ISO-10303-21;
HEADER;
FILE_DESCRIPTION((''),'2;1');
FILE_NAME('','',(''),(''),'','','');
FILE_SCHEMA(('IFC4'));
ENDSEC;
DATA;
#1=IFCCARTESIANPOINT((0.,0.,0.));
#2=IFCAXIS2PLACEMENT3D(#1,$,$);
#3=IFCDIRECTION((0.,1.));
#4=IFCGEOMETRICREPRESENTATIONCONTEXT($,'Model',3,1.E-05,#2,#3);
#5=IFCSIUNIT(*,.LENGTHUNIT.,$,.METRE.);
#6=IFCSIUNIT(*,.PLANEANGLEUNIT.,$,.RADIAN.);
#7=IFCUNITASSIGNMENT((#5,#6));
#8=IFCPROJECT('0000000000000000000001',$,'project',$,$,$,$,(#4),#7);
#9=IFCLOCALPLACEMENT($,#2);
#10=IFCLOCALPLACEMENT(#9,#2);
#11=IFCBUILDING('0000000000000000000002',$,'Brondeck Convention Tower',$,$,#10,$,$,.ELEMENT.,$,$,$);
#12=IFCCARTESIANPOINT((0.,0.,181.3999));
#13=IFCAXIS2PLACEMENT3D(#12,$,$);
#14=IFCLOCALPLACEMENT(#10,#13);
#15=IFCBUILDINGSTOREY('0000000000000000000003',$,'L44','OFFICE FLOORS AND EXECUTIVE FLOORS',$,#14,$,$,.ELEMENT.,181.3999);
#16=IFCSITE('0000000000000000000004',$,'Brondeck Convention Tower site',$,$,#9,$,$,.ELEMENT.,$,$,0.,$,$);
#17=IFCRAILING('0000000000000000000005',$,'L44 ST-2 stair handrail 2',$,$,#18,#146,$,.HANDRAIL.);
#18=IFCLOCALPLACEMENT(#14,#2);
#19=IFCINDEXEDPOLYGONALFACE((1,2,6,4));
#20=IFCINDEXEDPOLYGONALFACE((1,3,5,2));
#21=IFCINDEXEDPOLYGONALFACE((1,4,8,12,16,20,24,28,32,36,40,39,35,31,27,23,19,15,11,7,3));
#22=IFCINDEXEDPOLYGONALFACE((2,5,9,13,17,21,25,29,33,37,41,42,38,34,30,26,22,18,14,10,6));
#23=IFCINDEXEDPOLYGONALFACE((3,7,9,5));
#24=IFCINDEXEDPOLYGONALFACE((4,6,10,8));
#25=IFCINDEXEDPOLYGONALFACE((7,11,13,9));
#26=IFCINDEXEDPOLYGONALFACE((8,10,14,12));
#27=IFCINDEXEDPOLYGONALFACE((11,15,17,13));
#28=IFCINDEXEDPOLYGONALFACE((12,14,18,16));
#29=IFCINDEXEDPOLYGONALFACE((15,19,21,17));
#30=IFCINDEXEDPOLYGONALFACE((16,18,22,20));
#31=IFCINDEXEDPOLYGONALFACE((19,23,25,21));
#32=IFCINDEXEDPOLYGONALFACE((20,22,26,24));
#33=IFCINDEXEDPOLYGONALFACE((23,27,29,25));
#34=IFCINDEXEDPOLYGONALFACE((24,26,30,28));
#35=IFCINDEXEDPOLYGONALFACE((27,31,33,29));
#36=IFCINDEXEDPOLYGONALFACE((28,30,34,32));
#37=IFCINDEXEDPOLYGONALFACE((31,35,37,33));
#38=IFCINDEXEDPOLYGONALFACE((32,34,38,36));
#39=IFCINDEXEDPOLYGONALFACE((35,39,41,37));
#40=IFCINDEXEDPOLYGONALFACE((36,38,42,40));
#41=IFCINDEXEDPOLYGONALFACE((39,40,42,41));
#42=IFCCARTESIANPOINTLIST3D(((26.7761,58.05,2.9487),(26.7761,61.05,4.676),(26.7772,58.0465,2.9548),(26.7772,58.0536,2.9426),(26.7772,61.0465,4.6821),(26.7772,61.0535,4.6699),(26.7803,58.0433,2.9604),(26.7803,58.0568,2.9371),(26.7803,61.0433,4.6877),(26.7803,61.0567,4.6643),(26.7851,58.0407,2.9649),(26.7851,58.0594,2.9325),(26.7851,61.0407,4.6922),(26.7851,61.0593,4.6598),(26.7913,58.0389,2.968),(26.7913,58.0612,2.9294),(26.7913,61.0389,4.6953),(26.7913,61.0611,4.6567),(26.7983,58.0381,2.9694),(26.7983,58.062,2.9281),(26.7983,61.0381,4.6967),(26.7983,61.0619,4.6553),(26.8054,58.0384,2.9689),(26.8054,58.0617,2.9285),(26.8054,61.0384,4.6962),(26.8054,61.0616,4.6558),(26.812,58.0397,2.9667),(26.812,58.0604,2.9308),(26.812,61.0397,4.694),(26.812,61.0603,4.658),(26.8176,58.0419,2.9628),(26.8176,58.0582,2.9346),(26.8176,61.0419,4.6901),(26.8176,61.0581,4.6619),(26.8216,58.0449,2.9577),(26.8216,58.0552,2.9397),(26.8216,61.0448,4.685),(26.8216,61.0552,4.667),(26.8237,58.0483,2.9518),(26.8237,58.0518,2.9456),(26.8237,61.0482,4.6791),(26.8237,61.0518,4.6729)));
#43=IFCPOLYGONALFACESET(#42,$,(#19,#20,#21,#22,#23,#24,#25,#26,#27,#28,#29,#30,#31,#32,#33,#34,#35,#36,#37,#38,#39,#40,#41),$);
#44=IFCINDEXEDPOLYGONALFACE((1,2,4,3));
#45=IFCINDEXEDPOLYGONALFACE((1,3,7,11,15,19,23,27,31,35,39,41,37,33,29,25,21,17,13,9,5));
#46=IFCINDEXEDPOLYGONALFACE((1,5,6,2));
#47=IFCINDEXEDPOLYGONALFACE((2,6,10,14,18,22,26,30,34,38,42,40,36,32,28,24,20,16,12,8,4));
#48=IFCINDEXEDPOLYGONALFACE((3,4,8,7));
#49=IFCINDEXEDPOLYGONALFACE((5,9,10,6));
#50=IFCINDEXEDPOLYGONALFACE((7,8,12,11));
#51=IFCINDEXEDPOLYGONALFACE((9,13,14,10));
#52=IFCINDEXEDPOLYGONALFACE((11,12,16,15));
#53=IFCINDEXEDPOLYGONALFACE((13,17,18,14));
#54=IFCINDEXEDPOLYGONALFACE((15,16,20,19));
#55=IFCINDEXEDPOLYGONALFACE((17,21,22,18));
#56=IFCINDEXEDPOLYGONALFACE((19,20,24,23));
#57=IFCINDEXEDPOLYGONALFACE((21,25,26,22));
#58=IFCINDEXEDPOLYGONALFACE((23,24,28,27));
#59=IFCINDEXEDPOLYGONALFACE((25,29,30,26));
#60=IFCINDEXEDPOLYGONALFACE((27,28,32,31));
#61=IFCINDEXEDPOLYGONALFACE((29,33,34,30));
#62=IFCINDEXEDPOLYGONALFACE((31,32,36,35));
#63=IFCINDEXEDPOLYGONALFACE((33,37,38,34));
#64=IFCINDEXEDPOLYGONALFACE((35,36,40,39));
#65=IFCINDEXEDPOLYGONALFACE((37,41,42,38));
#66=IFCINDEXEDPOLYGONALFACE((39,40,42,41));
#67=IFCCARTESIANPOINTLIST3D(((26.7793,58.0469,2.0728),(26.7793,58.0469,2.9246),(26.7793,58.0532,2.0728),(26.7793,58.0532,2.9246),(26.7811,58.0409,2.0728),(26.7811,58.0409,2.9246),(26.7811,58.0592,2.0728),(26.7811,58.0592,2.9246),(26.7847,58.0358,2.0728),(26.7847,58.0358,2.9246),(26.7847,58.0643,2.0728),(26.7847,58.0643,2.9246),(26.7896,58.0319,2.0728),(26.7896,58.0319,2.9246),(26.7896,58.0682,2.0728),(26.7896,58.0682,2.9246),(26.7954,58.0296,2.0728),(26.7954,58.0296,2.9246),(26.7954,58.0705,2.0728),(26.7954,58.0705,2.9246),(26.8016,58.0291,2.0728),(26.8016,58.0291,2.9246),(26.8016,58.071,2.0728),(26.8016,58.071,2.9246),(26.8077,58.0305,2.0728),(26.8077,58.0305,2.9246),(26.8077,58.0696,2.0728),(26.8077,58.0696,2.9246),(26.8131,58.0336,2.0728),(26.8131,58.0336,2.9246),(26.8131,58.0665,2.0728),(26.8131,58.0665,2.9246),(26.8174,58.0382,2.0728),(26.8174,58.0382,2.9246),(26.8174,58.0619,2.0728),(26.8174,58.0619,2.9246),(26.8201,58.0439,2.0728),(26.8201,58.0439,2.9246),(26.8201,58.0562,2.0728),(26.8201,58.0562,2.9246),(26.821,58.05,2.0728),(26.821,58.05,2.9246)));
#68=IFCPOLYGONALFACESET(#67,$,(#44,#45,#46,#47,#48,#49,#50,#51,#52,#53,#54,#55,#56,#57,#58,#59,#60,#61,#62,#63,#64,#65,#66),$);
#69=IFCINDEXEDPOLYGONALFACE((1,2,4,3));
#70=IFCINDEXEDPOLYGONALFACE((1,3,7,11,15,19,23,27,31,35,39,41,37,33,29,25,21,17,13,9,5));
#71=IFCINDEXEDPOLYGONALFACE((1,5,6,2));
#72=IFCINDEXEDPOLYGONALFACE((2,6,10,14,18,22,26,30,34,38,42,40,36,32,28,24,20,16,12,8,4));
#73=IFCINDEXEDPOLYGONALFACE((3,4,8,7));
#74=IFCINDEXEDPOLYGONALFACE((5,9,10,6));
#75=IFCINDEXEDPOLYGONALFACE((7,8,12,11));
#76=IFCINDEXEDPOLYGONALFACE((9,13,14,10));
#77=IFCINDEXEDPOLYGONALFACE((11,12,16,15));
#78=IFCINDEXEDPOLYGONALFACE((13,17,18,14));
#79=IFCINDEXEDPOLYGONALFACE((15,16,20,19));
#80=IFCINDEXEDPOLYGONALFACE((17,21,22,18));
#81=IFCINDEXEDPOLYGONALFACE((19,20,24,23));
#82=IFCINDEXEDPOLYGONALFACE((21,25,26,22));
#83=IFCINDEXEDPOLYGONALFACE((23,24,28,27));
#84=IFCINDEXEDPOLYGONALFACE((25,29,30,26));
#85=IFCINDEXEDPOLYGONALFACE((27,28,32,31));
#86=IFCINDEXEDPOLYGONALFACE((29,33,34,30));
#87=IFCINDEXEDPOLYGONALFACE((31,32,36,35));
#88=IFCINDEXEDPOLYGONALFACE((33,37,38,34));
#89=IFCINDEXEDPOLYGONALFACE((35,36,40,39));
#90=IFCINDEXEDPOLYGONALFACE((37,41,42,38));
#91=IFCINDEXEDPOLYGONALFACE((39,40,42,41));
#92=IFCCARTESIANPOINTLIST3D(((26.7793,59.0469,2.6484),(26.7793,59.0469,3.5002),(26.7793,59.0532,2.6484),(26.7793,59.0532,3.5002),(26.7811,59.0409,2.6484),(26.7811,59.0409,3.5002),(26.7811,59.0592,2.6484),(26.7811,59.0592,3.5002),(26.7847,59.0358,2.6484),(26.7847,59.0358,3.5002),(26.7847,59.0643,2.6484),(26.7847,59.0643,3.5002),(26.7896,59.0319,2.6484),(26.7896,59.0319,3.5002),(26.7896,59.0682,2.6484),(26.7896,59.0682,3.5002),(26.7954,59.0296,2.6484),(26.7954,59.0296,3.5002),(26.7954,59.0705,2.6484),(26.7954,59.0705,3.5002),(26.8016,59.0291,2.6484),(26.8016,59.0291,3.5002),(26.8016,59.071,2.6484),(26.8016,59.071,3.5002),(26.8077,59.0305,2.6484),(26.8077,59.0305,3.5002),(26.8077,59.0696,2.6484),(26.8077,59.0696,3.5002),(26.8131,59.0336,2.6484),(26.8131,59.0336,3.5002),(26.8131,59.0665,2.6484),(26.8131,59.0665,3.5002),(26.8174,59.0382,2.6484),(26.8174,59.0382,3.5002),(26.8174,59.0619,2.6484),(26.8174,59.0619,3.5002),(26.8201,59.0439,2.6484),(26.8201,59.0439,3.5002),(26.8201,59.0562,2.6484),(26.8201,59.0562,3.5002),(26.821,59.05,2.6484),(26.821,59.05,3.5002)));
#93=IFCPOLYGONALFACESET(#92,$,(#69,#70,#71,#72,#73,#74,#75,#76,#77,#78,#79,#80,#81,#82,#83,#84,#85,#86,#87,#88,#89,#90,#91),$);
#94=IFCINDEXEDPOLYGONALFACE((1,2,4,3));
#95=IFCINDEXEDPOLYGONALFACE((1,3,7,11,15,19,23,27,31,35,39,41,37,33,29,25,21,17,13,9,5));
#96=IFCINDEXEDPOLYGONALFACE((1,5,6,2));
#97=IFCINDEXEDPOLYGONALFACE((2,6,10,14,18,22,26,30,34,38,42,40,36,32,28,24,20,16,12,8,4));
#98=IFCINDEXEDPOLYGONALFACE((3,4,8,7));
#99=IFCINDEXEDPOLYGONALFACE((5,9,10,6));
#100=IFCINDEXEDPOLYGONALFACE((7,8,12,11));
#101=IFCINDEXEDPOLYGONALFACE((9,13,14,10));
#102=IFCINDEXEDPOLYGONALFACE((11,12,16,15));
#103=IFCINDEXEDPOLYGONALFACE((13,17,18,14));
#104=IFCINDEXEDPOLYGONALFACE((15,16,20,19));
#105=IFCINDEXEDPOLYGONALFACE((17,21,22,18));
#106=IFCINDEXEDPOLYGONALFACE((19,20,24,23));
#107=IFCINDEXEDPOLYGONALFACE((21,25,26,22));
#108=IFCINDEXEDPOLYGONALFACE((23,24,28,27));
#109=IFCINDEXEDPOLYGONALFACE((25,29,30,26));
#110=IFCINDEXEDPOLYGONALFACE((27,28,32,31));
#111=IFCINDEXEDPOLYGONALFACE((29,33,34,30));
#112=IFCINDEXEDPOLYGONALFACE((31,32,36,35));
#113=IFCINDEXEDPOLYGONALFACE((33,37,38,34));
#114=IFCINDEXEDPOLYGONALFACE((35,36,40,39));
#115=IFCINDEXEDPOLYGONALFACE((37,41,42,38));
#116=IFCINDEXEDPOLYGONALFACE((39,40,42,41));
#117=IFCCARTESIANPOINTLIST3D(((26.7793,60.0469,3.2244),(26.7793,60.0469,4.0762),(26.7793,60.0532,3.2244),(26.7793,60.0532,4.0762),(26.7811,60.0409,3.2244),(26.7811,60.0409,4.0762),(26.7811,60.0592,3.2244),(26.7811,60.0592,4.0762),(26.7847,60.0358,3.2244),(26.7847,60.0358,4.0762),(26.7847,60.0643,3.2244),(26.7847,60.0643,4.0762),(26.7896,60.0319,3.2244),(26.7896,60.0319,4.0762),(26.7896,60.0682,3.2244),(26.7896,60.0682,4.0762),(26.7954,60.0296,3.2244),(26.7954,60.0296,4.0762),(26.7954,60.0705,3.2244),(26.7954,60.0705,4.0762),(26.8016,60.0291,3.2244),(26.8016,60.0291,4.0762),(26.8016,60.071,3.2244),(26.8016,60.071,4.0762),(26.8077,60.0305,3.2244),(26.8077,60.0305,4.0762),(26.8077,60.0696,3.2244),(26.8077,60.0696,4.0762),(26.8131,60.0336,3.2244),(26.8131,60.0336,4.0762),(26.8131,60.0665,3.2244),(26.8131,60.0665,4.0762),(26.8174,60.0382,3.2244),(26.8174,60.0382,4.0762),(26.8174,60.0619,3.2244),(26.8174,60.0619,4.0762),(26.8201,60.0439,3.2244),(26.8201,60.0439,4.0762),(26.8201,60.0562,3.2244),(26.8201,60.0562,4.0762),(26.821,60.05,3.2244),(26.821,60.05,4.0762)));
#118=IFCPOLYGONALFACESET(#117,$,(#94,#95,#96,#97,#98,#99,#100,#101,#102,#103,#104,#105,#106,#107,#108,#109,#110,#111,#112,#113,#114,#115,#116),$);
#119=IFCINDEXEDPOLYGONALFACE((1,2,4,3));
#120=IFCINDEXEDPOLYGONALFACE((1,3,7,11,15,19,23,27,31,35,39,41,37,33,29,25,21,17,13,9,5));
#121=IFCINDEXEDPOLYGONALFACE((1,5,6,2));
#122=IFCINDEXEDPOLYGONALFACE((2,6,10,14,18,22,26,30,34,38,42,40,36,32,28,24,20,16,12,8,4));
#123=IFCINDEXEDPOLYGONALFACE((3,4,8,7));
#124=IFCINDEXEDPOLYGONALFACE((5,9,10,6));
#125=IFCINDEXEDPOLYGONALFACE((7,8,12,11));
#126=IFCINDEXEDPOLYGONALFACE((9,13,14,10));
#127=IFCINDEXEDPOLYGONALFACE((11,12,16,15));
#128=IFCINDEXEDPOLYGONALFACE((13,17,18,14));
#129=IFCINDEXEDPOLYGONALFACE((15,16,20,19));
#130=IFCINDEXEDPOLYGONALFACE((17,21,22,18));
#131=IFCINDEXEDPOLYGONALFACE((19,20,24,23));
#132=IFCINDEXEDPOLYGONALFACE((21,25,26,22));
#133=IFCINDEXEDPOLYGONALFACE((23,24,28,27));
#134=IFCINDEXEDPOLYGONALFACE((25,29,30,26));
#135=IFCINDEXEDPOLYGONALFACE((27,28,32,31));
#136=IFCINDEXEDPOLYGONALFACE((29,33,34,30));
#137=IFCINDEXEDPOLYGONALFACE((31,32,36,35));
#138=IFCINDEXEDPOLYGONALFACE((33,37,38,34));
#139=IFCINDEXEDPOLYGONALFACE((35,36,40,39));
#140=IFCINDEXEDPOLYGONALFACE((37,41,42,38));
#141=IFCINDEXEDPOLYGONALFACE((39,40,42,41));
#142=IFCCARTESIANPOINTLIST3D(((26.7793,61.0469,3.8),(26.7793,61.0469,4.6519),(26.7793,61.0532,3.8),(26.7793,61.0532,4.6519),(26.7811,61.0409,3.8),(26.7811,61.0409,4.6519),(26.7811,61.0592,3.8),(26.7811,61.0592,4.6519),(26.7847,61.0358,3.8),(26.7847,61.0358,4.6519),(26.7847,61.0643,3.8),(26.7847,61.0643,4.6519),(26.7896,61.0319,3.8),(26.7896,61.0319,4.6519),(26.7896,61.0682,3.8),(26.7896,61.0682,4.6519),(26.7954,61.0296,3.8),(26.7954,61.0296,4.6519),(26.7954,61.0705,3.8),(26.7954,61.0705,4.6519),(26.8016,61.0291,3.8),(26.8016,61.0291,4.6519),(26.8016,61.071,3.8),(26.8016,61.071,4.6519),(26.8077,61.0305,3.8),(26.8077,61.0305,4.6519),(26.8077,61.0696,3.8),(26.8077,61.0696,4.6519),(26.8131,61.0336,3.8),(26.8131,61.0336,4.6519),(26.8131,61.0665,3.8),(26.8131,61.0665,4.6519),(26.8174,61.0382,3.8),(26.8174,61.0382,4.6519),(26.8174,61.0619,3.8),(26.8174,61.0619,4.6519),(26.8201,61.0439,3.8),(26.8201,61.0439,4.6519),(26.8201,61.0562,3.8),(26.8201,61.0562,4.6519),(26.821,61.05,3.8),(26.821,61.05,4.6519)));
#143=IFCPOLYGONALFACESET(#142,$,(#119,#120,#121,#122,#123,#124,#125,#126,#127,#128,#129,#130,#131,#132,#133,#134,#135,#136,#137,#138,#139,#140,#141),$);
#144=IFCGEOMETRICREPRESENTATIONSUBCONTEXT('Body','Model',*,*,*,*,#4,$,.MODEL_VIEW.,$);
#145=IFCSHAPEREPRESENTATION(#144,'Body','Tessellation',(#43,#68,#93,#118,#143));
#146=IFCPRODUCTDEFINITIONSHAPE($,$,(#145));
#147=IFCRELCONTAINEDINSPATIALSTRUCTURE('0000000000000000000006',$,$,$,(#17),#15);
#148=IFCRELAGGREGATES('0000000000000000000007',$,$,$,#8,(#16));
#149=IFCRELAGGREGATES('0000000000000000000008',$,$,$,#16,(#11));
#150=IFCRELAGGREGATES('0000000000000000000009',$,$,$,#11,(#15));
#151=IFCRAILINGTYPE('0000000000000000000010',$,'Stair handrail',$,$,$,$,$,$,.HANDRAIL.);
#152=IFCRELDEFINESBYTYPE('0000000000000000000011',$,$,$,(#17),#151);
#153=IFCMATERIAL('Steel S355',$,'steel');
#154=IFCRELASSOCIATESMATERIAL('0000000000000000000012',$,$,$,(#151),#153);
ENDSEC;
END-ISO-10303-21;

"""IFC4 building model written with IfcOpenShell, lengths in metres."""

from ifc_helpers import new_model, si_unit, direction, frame, origin, origin_2d, place, context, subcontext, project, spatial, circle, extrude, material, type_object, element, save


model = new_model("IFC4")

# Units and contexts
model_context = context("Model", 3, precision=1e-05, world=origin(), true_north=direction((0.0, 1.0)))
body_context = subcontext(model_context, "Body", "Model", "MODEL_VIEW")
ifc_project = project(units=[si_unit("LENGTHUNIT", "METRE"), si_unit("PLANEANGLEUNIT", "RADIAN")], contexts=[model_context])

# Site, building, storey
site_placement = place(None, origin())
site = spatial("IfcSite", under=ifc_project, at=site_placement, Name="Brondeck Convention Tower site", CompositionType="ELEMENT", RefElevation=0.0)
building_placement = place(site_placement, origin())
building = spatial("IfcBuilding", under=site, at=building_placement, Name="Brondeck Convention Tower", CompositionType="ELEMENT")
storey_placement = place(building_placement, frame((0.0, 0.0, 181.3999)))
storey = spatial("IfcBuildingStorey", under=building, at=storey_placement, Name="L44", Description="OFFICE FLOORS AND EXECUTIVE FLOORS", CompositionType="ELEMENT", Elevation=181.3999)

# Railing
ifc_material_1 = material(Name="Steel S355", Category="steel")
railing_type_1 = type_object("IfcRailingType", Name="Stair handrail", PredefinedType="HANDRAIL", material=ifc_material_1)
railing_1_placement = place(storey_placement, frame((26.8, 58.05, 2.0728)))
element("IfcRailing", 1, at=railing_1_placement, inside=storey, type_object=railing_type_1, Name="L44 ST-2 stair handrail 2", PredefinedType="HANDRAIL", context=body_context, shape_type="SweptSolid", body=[
    extrude(circle(Radius=0.0239, at=origin_2d()), frame((0.0, 0.0, 0.876), z_axis=(0.0, 0.86662, 0.498969), x_axis=(-1.0, 0.0, 0.0)), (0.0, 0.0, 1.0), 3.4617),
    extrude(circle(Radius=0.021, at=origin_2d()), origin(), (0.0, 0.0, 1.0), 0.8518),
    extrude(circle(Radius=0.021, at=origin_2d()), frame((0.0, 1.0, 0.5757)), (0.0, 0.0, 1.0), 0.8518),
    extrude(circle(Radius=0.021, at=origin_2d()), frame((0.0, 2.0, 1.1516)), (0.0, 0.0, 1.0), 0.8518),
    extrude(circle(Radius=0.021, at=origin_2d()), frame((0.0, 3.0, 1.7273)), (0.0, 0.0, 1.0), 0.8518),
])

save(model, "model.ifc")
